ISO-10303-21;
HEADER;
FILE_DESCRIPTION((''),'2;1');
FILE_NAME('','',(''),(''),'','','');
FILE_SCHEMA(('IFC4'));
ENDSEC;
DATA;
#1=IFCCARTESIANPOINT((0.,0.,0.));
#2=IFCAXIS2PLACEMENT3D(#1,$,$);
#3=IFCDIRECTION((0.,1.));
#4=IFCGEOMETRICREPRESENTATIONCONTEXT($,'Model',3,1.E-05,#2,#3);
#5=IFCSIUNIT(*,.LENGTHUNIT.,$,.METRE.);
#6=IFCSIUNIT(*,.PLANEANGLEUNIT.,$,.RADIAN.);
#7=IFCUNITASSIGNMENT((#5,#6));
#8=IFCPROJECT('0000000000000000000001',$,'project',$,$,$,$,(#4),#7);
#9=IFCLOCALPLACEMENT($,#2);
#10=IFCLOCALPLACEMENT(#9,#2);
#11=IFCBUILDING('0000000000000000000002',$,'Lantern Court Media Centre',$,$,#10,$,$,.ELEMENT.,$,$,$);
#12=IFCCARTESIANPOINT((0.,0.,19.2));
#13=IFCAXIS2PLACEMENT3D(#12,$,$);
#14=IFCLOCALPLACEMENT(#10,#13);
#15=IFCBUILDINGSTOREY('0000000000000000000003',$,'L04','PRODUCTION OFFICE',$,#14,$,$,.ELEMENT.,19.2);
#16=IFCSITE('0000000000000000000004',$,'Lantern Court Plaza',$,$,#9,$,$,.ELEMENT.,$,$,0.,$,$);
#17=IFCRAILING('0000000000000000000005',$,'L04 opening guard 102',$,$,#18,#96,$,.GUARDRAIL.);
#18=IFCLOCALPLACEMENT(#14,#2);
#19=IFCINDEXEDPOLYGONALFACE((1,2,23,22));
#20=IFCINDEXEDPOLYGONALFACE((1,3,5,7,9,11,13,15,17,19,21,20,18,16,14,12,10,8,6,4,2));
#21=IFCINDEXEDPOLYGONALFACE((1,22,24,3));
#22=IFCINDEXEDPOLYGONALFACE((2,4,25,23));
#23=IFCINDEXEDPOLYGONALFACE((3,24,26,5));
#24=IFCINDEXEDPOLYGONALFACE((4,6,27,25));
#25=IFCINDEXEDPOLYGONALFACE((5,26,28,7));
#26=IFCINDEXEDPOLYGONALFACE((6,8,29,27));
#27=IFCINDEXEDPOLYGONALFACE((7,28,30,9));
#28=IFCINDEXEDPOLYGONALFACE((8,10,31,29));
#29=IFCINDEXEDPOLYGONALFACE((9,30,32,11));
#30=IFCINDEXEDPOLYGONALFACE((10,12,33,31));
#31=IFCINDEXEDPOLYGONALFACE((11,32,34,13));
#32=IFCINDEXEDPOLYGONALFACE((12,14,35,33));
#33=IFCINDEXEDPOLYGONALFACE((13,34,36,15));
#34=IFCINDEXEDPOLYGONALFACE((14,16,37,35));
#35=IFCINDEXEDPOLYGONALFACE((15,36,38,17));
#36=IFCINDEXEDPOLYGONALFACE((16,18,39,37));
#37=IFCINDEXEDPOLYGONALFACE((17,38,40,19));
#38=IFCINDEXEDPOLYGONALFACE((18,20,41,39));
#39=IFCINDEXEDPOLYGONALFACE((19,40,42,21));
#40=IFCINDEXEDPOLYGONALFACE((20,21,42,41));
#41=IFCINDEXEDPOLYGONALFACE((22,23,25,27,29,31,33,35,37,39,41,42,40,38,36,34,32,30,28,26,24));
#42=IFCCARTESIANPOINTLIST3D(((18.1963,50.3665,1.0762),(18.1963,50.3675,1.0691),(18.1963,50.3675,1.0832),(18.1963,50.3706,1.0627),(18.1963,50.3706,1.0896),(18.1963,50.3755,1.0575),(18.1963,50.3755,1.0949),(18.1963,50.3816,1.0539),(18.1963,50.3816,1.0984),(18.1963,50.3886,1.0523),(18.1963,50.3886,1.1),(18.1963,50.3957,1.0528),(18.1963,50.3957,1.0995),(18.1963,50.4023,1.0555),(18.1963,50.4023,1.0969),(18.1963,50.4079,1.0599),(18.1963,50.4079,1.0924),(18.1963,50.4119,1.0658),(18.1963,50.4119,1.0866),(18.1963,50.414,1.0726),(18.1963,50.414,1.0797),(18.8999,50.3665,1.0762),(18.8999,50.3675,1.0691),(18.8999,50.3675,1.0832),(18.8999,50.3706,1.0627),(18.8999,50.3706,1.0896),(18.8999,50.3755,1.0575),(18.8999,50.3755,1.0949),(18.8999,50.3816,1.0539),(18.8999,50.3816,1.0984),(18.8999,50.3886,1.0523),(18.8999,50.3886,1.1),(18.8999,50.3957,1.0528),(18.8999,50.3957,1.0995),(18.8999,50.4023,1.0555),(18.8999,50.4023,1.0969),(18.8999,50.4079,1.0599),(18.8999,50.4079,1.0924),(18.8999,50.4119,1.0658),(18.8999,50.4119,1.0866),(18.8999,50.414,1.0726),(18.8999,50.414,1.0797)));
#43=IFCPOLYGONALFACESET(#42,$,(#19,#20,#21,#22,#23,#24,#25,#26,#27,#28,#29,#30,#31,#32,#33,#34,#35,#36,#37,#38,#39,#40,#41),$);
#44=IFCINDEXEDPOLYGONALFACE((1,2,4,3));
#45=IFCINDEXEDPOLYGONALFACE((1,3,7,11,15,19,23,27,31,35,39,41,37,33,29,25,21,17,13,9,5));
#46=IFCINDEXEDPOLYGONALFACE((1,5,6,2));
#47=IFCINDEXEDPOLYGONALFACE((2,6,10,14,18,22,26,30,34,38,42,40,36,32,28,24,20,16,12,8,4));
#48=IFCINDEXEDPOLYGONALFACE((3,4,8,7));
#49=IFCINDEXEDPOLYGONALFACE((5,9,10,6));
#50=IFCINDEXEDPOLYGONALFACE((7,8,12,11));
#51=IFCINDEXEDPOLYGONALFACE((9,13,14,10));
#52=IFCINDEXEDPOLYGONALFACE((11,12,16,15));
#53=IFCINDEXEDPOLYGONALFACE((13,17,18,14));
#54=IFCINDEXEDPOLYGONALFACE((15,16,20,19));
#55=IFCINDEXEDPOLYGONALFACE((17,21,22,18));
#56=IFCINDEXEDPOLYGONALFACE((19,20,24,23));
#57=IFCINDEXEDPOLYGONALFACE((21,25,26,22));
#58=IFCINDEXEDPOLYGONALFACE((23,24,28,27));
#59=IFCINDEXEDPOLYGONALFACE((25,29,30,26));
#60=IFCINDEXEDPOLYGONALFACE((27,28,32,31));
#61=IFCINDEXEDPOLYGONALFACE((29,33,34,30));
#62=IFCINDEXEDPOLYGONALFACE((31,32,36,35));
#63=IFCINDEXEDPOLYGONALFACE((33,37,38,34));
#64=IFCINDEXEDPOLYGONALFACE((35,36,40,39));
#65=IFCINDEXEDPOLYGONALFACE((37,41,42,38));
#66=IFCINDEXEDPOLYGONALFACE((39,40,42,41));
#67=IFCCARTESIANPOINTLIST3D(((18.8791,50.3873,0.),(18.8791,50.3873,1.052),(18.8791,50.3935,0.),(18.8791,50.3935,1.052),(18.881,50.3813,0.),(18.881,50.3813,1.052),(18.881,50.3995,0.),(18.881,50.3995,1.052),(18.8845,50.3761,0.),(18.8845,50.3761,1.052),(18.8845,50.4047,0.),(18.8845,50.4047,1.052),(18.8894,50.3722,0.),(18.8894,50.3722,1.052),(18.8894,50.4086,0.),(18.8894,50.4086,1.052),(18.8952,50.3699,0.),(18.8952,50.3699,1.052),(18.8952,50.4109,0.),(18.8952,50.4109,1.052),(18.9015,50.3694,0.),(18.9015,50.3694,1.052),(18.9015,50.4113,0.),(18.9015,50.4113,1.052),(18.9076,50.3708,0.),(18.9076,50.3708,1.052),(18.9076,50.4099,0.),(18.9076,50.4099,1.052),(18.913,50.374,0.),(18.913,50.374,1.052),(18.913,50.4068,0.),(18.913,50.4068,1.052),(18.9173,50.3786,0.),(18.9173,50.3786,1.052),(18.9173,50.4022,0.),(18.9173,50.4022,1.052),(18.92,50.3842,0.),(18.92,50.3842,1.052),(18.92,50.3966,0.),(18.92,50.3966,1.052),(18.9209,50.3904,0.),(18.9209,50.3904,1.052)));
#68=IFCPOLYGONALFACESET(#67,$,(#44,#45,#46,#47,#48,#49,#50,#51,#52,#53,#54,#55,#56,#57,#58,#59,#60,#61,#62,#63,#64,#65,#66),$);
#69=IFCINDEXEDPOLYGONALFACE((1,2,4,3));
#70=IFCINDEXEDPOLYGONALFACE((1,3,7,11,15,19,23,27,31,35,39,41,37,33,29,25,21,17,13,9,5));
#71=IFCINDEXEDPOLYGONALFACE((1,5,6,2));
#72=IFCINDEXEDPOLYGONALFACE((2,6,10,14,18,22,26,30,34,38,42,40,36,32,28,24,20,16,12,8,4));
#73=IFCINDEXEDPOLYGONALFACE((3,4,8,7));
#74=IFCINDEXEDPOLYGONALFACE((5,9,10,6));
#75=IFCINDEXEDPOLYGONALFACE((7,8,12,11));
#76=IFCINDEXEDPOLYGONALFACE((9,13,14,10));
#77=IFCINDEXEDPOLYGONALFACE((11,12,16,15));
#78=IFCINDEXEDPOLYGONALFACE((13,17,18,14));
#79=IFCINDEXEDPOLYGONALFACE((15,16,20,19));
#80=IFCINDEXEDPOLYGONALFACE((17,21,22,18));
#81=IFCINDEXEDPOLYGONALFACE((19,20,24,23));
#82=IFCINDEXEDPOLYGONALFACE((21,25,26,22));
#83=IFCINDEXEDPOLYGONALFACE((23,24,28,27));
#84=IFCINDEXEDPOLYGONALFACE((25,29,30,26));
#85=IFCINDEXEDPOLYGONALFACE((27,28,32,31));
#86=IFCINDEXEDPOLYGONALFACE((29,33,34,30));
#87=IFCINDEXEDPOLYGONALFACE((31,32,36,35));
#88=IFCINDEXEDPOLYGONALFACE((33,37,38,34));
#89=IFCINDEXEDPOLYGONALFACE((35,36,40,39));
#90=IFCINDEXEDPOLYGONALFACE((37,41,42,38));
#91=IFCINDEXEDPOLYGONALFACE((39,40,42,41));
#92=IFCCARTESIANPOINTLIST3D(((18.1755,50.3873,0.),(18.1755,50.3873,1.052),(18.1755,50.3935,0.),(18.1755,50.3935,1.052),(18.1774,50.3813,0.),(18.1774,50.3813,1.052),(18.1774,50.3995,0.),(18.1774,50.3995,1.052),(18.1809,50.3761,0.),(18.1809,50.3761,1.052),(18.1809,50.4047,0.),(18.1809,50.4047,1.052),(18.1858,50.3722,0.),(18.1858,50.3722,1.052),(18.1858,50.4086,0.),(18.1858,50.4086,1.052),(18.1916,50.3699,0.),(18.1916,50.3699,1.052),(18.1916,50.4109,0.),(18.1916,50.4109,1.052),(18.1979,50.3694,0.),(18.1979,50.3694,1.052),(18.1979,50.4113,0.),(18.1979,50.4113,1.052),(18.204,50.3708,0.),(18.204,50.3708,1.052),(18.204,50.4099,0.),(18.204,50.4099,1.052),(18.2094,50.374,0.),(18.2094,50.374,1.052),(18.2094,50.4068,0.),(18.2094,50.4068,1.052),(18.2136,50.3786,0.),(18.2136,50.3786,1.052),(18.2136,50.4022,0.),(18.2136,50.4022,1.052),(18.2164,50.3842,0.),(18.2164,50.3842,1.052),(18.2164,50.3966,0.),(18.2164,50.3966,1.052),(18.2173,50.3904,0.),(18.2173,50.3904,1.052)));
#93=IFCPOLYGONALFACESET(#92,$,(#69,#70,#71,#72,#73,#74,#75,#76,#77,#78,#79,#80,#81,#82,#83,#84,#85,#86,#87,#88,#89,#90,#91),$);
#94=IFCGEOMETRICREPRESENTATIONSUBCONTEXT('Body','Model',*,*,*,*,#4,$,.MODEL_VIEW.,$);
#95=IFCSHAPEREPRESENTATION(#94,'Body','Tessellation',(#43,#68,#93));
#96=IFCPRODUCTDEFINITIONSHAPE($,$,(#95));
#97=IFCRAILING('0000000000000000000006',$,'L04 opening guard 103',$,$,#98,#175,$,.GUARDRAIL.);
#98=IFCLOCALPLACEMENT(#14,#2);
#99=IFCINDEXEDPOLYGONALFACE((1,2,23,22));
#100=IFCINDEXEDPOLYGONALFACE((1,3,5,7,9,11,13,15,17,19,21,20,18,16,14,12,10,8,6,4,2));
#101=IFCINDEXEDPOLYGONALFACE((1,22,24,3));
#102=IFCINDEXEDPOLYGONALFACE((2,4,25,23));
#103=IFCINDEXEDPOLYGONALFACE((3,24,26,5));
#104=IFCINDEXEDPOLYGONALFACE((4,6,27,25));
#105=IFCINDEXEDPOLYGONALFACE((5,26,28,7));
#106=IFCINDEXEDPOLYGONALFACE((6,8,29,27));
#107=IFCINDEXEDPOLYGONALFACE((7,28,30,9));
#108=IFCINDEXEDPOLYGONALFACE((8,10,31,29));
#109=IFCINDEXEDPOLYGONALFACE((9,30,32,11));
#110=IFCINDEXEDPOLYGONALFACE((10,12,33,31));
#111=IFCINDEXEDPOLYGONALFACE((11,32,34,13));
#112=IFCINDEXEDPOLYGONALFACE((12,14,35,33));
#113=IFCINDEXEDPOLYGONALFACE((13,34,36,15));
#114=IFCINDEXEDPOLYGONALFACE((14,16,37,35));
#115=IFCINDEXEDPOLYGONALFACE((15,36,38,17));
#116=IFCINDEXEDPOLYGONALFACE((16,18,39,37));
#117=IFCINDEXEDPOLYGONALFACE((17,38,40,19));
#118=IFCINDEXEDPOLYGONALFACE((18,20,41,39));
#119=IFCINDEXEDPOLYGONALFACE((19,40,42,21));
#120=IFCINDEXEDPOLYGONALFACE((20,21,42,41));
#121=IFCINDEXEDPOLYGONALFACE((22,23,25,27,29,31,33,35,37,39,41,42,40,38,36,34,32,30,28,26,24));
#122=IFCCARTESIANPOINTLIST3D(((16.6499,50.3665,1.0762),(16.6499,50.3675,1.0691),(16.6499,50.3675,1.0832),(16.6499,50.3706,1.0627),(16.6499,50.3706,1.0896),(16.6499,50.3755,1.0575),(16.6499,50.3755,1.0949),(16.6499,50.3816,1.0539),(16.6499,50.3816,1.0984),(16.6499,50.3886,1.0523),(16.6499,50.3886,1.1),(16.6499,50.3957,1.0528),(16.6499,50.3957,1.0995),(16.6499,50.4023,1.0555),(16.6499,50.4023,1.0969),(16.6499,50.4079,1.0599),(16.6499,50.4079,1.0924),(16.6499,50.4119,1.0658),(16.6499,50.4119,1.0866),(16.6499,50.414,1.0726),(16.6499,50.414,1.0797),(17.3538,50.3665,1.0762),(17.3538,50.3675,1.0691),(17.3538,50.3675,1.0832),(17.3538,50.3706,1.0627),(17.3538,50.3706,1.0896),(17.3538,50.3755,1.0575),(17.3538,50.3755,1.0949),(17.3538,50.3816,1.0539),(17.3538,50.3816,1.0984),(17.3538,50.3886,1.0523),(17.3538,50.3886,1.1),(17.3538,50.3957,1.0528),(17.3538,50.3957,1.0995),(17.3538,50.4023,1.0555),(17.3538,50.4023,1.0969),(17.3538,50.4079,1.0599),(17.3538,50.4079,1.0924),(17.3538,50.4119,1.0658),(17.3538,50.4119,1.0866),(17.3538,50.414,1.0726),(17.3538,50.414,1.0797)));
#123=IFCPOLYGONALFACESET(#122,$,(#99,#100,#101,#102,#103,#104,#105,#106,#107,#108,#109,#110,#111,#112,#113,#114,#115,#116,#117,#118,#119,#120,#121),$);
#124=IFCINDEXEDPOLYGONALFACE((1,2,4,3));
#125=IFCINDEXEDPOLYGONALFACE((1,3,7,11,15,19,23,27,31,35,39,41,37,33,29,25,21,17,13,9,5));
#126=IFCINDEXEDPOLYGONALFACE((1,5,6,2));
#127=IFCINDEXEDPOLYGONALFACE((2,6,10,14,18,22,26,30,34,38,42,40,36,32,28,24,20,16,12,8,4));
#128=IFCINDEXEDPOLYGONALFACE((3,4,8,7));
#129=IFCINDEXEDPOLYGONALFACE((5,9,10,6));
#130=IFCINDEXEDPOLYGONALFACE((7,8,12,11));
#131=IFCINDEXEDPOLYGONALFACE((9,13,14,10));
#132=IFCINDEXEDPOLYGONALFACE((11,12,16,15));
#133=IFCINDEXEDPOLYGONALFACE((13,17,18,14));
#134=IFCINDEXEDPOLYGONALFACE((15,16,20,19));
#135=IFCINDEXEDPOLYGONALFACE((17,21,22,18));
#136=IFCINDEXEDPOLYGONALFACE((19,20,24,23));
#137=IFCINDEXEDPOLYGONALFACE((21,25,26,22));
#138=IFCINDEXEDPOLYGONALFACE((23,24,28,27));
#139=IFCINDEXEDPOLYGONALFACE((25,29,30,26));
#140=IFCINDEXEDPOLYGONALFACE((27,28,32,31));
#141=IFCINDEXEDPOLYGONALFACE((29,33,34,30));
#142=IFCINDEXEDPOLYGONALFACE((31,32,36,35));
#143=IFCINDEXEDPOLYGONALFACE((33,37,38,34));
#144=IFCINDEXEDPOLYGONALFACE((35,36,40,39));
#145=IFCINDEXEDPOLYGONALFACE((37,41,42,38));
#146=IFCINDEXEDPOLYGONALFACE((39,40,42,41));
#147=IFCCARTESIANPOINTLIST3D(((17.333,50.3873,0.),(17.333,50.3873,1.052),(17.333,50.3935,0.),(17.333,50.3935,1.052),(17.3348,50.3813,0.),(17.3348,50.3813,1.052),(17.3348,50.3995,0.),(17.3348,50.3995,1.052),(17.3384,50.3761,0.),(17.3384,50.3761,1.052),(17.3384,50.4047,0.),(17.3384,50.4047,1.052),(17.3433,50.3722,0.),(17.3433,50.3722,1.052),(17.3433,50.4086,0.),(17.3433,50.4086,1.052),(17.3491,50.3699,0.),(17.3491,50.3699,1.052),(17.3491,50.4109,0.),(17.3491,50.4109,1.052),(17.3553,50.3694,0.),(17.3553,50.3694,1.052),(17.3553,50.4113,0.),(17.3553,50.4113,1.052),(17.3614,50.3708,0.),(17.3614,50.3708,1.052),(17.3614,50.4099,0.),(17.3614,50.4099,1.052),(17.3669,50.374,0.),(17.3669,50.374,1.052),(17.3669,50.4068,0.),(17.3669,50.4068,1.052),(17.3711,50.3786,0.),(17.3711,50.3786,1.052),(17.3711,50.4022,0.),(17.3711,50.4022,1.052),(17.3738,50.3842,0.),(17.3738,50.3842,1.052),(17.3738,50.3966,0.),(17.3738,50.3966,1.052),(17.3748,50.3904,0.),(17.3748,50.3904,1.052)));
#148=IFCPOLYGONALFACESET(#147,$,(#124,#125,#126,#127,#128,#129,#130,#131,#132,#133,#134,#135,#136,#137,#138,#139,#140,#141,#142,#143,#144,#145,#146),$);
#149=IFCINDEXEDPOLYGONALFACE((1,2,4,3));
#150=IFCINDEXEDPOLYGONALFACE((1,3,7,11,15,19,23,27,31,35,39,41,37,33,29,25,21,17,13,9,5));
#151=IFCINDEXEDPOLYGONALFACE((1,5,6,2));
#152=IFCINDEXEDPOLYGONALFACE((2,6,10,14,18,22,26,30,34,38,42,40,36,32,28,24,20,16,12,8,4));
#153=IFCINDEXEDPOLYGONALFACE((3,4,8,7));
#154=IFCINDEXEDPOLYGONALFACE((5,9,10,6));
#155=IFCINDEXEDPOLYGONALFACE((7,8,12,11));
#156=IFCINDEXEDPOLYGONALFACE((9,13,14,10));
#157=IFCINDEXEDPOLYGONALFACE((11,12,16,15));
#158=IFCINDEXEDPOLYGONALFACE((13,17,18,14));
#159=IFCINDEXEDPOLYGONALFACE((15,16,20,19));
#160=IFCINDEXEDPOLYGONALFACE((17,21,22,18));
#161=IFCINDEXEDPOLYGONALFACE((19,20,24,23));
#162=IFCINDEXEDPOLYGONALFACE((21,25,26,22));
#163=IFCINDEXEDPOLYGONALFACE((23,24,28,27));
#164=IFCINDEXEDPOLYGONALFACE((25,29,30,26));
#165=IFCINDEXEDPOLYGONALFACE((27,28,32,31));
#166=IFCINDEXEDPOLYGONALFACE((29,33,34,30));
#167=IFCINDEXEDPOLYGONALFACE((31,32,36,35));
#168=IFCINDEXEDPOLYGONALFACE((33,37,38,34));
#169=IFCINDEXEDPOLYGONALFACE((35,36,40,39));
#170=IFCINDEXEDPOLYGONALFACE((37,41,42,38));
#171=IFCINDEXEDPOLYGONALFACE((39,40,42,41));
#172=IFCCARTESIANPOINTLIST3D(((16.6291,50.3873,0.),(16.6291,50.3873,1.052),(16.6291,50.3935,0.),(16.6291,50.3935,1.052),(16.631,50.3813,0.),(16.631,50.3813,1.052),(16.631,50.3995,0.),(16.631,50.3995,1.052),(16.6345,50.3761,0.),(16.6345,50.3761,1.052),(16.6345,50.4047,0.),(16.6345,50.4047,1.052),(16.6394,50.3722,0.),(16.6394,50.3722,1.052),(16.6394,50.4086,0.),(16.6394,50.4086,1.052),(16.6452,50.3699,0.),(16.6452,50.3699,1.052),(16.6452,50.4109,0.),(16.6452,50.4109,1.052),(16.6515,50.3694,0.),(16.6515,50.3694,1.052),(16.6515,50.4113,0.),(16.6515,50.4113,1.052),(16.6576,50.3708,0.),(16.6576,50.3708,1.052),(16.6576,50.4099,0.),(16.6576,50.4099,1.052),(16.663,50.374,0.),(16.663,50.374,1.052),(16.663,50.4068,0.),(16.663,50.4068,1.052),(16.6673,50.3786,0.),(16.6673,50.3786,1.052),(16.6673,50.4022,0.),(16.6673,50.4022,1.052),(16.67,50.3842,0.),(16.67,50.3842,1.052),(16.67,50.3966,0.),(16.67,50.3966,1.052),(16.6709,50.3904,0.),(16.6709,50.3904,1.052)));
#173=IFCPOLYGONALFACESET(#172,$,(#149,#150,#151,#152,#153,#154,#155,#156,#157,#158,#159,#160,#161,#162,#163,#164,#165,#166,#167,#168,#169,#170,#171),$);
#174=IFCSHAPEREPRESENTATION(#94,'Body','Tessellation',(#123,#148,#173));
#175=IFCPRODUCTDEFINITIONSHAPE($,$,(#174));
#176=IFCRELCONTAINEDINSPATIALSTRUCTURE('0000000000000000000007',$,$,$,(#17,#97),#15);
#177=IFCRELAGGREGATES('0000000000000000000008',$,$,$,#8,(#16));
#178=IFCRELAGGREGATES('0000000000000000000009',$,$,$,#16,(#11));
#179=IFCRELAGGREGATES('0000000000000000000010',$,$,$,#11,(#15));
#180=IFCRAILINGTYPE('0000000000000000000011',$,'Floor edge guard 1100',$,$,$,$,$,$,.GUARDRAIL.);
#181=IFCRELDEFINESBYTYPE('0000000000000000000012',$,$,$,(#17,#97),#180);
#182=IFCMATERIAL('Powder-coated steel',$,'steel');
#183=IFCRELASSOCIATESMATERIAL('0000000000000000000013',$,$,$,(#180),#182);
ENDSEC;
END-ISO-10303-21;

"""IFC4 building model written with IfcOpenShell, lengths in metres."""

from ifc_helpers import new_model, si_unit, direction, frame, origin, origin_2d, place, context, subcontext, project, spatial, circle, extrude, material, type_object, element, save


model = new_model("IFC4")

# Units and contexts
model_context = context("Model", 3, precision=1e-05, world=origin(), true_north=direction((0.0, 1.0)))
body_context = subcontext(model_context, "Body", "Model", "MODEL_VIEW")
ifc_project = project(units=[si_unit("LENGTHUNIT", "METRE"), si_unit("PLANEANGLEUNIT", "RADIAN")], contexts=[model_context])

# Site, building, storey
site_placement = place(None, origin())
site = spatial("IfcSite", under=ifc_project, at=site_placement, Name="Lantern Court Plaza", CompositionType="ELEMENT", RefElevation=0.0)
building_placement = place(site_placement, origin())
building = spatial("IfcBuilding", under=site, at=building_placement, Name="Lantern Court Media Centre", CompositionType="ELEMENT")
storey_placement = place(building_placement, frame((0.0, 0.0, 19.2)))
storey = spatial("IfcBuildingStorey", under=building, at=storey_placement, Name="L04", Description="PRODUCTION OFFICE", CompositionType="ELEMENT", Elevation=19.2)

# Railings
ifc_material_1 = material(Name="Powder-coated steel", Category="steel")
railing_type_1 = type_object("IfcRailingType", Name="Floor edge guard 1100", PredefinedType="GUARDRAIL", material=ifc_material_1)
railing_1_placement = place(storey_placement, frame((18.8999, 50.3904, 0.0)))
element("IfcRailing", 1, at=railing_1_placement, inside=storey, type_object=railing_type_1, Name="L04 opening guard 102", PredefinedType="GUARDRAIL", context=body_context, shape_type="SweptSolid", body=[
    extrude(circle(Radius=0.0239, at=origin_2d()), frame((0.0, 0.0, 1.0762), z_axis=(-1.0, 0.0, 0.0), x_axis=(0.0, -1.0, 0.0)), (0.0, 0.0, 1.0), 0.7036),
    extrude(circle(Radius=0.021, at=origin_2d()), origin(), (0.0, 0.0, 1.0), 1.052),
    extrude(circle(Radius=0.021, at=origin_2d()), frame((-0.7036, 0.0, 0.0)), (0.0, 0.0, 1.0), 1.052),
])
railing_2_placement = place(storey_placement, frame((17.3538, 50.3904, 0.0)))
element("IfcRailing", 2, at=railing_2_placement, inside=storey, type_object=railing_type_1, Name="L04 opening guard 103", PredefinedType="GUARDRAIL", context=body_context, shape_type="SweptSolid", body=[
    extrude(circle(Radius=0.0239, at=origin_2d()), frame((0.0, 0.0, 1.0762), z_axis=(-1.0, 0.0, 0.0), x_axis=(0.0, -1.0, 0.0)), (0.0, 0.0, 1.0), 0.7039),
    extrude(circle(Radius=0.021, at=origin_2d()), origin(), (0.0, 0.0, 1.0), 1.052),
    extrude(circle(Radius=0.021, at=origin_2d()), frame((-0.7039, 0.0, 0.0)), (0.0, 0.0, 1.0), 1.052),
])

save(model, "model.ifc")
